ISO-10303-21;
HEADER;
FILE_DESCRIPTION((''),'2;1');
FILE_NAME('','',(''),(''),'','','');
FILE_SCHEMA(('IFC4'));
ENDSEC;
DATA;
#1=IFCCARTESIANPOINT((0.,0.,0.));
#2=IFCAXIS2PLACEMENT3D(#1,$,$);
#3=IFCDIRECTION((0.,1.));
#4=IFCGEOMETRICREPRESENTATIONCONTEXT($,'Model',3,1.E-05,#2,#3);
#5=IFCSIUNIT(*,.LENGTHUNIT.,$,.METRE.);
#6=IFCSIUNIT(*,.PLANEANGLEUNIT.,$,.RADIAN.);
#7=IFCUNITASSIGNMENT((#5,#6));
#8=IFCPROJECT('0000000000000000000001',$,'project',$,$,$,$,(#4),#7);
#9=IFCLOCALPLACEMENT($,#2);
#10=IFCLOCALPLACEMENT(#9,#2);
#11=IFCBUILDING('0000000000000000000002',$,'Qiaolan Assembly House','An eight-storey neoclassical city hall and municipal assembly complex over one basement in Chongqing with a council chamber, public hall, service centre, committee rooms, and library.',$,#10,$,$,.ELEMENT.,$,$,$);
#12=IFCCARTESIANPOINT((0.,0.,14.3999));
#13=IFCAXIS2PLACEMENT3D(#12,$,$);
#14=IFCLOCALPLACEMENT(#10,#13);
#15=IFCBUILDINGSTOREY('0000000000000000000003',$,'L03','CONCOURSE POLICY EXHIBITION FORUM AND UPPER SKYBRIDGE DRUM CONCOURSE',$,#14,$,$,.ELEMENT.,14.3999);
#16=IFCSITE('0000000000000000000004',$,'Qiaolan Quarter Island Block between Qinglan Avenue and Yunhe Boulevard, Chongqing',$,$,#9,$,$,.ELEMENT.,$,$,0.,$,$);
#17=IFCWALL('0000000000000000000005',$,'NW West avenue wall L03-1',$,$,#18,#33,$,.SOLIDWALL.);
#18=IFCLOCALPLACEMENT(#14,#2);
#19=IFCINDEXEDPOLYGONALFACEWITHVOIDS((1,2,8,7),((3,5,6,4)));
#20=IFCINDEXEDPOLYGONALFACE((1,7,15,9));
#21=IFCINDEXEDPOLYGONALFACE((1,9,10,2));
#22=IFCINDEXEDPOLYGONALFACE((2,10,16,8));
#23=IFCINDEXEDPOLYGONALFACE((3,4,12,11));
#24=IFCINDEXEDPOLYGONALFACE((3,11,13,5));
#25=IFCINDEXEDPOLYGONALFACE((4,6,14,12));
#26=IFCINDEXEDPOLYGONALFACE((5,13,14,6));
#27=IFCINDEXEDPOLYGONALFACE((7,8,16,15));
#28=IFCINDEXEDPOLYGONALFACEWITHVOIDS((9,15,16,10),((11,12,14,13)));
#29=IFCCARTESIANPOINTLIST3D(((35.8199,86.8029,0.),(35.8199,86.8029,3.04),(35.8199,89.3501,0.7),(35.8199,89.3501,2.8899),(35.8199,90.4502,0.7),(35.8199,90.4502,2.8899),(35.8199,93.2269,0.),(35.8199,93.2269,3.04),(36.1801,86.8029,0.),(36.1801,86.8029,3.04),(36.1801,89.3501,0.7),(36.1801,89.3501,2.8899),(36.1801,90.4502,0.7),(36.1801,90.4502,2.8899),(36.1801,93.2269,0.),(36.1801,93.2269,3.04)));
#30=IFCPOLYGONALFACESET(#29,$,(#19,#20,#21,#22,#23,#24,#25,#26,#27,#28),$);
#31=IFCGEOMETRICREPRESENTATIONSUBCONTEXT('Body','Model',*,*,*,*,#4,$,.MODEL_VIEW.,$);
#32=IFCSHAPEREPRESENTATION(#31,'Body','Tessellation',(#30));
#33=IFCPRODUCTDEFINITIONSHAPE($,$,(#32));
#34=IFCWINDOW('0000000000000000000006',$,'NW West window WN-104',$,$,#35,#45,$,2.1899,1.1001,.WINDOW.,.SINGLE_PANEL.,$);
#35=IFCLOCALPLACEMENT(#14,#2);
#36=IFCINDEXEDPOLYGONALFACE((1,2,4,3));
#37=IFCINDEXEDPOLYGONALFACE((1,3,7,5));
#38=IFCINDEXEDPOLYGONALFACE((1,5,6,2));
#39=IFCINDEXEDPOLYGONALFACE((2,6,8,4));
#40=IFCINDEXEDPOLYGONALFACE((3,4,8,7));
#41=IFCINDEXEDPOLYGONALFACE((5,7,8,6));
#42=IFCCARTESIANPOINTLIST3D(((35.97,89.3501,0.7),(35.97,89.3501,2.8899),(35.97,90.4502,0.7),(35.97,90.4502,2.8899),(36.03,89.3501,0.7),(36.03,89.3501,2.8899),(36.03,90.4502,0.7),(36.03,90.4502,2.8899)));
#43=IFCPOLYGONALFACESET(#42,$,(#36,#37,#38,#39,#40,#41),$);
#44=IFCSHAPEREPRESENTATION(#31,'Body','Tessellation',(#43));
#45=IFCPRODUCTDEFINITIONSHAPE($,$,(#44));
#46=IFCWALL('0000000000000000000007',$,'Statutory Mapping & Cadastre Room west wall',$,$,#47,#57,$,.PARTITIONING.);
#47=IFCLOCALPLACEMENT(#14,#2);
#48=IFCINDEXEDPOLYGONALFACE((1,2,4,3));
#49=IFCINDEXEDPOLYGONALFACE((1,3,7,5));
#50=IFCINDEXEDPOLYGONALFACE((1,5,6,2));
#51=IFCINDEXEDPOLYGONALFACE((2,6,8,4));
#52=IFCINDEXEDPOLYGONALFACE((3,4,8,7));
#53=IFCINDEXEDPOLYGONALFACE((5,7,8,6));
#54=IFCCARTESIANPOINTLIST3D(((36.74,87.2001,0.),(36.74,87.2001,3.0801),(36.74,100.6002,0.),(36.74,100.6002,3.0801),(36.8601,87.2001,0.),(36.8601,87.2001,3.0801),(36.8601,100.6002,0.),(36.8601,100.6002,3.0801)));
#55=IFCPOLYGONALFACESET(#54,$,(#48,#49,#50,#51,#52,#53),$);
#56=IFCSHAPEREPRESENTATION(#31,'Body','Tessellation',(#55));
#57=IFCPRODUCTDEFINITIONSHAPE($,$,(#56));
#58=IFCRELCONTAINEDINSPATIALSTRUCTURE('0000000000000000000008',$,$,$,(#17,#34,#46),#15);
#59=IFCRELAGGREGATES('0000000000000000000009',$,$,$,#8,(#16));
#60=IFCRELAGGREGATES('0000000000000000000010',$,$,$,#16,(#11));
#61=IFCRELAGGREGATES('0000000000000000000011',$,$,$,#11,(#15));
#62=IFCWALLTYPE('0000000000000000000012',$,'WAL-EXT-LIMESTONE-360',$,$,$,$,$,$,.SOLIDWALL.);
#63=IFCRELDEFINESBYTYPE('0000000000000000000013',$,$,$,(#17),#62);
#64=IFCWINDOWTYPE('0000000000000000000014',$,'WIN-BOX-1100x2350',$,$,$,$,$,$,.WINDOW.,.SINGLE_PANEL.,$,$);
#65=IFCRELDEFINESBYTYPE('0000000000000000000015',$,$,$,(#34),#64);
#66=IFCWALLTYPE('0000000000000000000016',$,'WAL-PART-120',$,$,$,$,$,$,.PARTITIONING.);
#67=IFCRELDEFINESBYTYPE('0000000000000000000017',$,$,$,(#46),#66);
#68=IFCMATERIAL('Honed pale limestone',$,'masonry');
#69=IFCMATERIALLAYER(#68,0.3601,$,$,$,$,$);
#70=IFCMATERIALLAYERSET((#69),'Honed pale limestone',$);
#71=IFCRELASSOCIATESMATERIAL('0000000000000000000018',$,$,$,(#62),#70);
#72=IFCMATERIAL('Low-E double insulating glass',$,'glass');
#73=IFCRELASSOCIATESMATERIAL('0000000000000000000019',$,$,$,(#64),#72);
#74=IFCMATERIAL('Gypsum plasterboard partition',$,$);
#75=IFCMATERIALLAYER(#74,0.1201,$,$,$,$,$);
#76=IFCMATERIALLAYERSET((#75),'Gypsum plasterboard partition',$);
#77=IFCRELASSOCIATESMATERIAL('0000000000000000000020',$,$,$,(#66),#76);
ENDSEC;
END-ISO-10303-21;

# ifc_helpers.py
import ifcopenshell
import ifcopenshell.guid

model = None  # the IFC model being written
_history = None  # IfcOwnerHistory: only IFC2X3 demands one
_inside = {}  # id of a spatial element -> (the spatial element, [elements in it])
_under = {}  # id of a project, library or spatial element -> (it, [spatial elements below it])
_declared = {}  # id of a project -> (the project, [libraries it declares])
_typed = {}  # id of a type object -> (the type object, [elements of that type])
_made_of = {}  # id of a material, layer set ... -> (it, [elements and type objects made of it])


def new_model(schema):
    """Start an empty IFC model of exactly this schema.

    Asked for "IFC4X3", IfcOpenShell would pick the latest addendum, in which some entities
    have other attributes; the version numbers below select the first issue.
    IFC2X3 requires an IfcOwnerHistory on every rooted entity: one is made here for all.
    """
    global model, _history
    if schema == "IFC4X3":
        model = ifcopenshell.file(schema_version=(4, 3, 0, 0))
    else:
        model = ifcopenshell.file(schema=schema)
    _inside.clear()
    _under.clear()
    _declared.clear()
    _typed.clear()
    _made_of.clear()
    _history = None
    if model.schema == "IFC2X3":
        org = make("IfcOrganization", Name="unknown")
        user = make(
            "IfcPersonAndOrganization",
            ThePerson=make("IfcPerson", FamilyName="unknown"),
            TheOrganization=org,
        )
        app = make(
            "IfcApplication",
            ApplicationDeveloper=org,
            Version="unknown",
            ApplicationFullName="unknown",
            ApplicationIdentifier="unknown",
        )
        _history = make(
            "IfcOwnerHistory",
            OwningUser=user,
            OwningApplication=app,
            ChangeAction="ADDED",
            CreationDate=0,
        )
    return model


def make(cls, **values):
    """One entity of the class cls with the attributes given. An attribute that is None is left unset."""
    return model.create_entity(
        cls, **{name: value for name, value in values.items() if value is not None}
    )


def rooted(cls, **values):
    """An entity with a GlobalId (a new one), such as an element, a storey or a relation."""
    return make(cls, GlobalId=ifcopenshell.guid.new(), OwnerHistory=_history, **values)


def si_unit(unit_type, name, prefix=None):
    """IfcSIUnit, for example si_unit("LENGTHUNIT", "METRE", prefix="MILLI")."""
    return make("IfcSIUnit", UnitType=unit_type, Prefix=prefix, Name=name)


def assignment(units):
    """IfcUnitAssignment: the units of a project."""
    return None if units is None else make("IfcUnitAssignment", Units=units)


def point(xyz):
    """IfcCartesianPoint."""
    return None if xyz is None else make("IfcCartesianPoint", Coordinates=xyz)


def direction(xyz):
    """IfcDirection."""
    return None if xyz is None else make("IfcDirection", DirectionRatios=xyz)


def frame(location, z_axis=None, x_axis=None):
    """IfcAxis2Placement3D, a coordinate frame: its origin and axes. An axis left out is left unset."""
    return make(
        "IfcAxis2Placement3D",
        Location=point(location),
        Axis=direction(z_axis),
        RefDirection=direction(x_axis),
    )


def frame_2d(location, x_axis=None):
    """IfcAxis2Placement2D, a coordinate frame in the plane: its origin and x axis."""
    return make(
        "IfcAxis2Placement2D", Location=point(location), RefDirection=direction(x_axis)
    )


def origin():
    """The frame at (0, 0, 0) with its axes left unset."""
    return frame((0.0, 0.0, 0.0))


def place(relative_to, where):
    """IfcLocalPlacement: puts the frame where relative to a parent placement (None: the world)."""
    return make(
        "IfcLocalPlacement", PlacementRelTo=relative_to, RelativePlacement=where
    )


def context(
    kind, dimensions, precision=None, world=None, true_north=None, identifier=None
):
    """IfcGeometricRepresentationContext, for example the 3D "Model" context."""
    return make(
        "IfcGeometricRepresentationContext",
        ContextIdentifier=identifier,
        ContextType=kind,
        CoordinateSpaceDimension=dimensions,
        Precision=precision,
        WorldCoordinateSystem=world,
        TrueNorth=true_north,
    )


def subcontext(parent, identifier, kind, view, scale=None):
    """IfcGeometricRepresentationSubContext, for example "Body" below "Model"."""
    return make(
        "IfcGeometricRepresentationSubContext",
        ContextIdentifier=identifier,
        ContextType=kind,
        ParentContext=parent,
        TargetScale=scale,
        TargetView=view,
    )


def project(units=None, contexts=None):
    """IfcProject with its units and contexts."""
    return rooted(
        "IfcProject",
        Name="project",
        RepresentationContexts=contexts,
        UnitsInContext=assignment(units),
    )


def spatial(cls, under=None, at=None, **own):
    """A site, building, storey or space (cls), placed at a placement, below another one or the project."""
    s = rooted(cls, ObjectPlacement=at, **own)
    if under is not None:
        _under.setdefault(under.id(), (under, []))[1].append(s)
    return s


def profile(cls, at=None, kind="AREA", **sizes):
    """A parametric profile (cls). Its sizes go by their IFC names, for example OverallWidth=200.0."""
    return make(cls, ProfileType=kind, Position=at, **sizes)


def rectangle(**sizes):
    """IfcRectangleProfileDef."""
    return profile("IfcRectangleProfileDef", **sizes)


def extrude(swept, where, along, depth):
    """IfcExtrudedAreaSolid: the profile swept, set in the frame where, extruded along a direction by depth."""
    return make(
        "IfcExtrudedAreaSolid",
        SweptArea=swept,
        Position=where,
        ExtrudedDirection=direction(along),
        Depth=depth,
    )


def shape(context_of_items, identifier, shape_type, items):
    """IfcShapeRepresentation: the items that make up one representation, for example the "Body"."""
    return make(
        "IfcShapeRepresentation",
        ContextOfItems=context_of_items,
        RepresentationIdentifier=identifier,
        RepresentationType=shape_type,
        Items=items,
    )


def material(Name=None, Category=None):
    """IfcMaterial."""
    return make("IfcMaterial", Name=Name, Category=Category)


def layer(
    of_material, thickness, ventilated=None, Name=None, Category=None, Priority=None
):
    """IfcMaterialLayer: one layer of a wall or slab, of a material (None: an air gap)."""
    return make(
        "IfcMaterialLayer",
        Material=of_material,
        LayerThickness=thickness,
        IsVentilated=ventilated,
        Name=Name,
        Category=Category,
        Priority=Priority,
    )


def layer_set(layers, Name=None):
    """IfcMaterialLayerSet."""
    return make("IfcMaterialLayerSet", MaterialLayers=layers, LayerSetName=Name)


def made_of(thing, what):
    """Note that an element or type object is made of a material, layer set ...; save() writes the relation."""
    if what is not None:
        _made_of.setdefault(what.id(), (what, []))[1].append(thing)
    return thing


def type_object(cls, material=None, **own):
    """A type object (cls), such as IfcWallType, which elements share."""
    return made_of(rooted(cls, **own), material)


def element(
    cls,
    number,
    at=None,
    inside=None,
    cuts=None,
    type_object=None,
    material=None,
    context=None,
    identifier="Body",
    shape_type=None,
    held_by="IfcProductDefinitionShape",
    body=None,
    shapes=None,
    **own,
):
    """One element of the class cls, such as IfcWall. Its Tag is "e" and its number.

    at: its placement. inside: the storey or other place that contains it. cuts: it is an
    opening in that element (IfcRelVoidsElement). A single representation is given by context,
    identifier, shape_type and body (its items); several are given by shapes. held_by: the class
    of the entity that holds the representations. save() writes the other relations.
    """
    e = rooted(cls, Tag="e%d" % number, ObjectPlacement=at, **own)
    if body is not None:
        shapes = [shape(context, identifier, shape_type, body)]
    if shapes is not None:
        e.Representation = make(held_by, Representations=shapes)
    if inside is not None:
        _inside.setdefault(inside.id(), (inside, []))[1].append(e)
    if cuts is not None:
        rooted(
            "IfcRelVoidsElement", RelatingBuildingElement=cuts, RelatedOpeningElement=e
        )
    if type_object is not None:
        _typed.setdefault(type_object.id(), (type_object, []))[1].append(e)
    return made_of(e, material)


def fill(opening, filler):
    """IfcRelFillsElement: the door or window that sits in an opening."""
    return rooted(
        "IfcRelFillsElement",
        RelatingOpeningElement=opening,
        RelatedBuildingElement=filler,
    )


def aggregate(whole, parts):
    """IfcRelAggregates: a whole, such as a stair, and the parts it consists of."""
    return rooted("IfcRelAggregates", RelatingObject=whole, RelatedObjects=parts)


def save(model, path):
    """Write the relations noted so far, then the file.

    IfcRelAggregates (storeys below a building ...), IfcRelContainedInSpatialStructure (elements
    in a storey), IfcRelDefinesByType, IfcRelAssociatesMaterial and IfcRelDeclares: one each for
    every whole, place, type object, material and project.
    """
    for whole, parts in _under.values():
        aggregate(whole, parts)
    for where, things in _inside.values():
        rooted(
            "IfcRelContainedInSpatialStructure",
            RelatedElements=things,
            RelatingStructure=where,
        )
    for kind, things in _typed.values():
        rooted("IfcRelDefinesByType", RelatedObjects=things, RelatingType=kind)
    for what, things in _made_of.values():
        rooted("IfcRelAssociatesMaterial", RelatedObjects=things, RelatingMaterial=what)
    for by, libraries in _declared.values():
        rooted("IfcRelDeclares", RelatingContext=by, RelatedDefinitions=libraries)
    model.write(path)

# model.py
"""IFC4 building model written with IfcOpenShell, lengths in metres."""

from ifc_helpers import new_model, si_unit, direction, frame, frame_2d, origin, place, context, subcontext, project, spatial, rectangle, extrude, material, layer, layer_set, type_object, element, fill, save


model = new_model("IFC4")

# Units and contexts
model_context = context("Model", 3, precision=1e-05, world=origin(), true_north=direction((0.0, 1.0)))
body_context = subcontext(model_context, "Body", "Model", "MODEL_VIEW")
ifc_project = project(units=[si_unit("LENGTHUNIT", "METRE"), si_unit("PLANEANGLEUNIT", "RADIAN")], contexts=[model_context])

# Site, building, storey
site_placement = place(None, origin())
site = spatial("IfcSite", under=ifc_project, at=site_placement, Name="Qiaolan Quarter Island Block between Qinglan Avenue and Yunhe Boulevard, Chongqing", CompositionType="ELEMENT", RefElevation=0.0)
building_placement = place(site_placement, origin())
building = spatial("IfcBuilding", under=site, at=building_placement, Name="Qiaolan Assembly House", Description="An eight-storey neoclassical city hall and municipal assembly complex over one basement in Chongqing with a council chamber, public hall, service centre, committee rooms, and library.", CompositionType="ELEMENT")
storey_placement = place(building_placement, frame((0.0, 0.0, 14.3999)))
storey = spatial("IfcBuildingStorey", under=building, at=storey_placement, Name="L03", Description="CONCOURSE POLICY EXHIBITION FORUM AND UPPER SKYBRIDGE DRUM CONCOURSE", CompositionType="ELEMENT", Elevation=14.3999)

# Shared definitions
ifc_material_1 = material(Name="Honed pale limestone", Category="masonry")

# Wall, opening, window
ifc_layer_1 = layer(ifc_material_1, 0.3601)
ifc_layer_set_1 = layer_set([ifc_layer_1], Name="Honed pale limestone")
wall_type_1 = type_object("IfcWallType", Name="WAL-EXT-LIMESTONE-360", PredefinedType="SOLIDWALL", material=ifc_layer_set_1)
wall_1_placement = place(storey_placement, frame((36.0, 86.803, 0.0), z_axis=(0.0, 0.0, 1.0), x_axis=(0.0, 1.0, 0.0)))
wall_1 = element("IfcWall", 1, at=wall_1_placement, inside=storey, type_object=wall_type_1, Name="NW West avenue wall L03-1", PredefinedType="SOLIDWALL", context=body_context, shape_type="SweptSolid", body=[
    extrude(rectangle(XDim=6.4241, YDim=0.3601, at=frame_2d((3.2119, 0.0))), origin(), (0.0, 0.0, 1.0), 3.04),
])
opening_placement = place(wall_1_placement, frame((2.5471, 0.0, 0.7)))
opening = element("IfcOpeningElement", 2, at=opening_placement, cuts=wall_1, PredefinedType="OPENING", context=body_context, shape_type="SweptSolid", body=[
    extrude(rectangle(XDim=1.1001, YDim=2.1899, at=frame_2d((0.55, 1.095))), frame((0.0, 0.1899, 0.0), z_axis=(0.0, -1.0, 0.0), x_axis=(1.0, 0.0, 0.0)), (0.0, 0.0, 1.0), 0.3801),
])
ifc_material_2 = material(Name="Low-E double insulating glass", Category="glass")
window_type = type_object("IfcWindowType", Name="WIN-BOX-1100x2350", PartitioningType="SINGLE_PANEL", PredefinedType="WINDOW", material=ifc_material_2)
window_placement = place(opening_placement, origin())
window = element("IfcWindow", 3, at=window_placement, inside=storey, type_object=window_type, Name="NW West window WN-104", OverallHeight=2.1899, OverallWidth=1.1001, PartitioningType="SINGLE_PANEL", PredefinedType="WINDOW", context=body_context, shape_type="SweptSolid", body=[
    extrude(rectangle(XDim=1.1001, YDim=2.1899, at=frame_2d((0.55, 1.095))), frame((0.0, 0.03, 0.0), z_axis=(0.0, -1.0, 0.0), x_axis=(1.0, 0.0, 0.0)), (0.0, 0.0, 1.0), 0.0601),
])
fill(opening, window)

# Wall
ifc_material_3 = material(Name="Gypsum plasterboard partition")
ifc_layer_2 = layer(ifc_material_3, 0.1201)
ifc_layer_set_2 = layer_set([ifc_layer_2], Name="Gypsum plasterboard partition")
wall_type_2 = type_object("IfcWallType", Name="WAL-PART-120", PredefinedType="PARTITIONING", material=ifc_layer_set_2)
wall_2_placement = place(storey_placement, frame((36.8, 87.2, 0.0), z_axis=(0.0, 0.0, 1.0), x_axis=(0.0, 1.0, 0.0)))
element("IfcWall", 4, at=wall_2_placement, inside=storey, type_object=wall_type_2, Name="Statutory Mapping & Cadastre Room west wall", PredefinedType="PARTITIONING", context=body_context, shape_type="SweptSolid", body=[
    extrude(rectangle(XDim=13.4001, YDim=0.1201, at=frame_2d((6.7002, 0.0))), origin(), (0.0, 0.0, 1.0), 3.0801),
])

save(model, "model.ifc")
